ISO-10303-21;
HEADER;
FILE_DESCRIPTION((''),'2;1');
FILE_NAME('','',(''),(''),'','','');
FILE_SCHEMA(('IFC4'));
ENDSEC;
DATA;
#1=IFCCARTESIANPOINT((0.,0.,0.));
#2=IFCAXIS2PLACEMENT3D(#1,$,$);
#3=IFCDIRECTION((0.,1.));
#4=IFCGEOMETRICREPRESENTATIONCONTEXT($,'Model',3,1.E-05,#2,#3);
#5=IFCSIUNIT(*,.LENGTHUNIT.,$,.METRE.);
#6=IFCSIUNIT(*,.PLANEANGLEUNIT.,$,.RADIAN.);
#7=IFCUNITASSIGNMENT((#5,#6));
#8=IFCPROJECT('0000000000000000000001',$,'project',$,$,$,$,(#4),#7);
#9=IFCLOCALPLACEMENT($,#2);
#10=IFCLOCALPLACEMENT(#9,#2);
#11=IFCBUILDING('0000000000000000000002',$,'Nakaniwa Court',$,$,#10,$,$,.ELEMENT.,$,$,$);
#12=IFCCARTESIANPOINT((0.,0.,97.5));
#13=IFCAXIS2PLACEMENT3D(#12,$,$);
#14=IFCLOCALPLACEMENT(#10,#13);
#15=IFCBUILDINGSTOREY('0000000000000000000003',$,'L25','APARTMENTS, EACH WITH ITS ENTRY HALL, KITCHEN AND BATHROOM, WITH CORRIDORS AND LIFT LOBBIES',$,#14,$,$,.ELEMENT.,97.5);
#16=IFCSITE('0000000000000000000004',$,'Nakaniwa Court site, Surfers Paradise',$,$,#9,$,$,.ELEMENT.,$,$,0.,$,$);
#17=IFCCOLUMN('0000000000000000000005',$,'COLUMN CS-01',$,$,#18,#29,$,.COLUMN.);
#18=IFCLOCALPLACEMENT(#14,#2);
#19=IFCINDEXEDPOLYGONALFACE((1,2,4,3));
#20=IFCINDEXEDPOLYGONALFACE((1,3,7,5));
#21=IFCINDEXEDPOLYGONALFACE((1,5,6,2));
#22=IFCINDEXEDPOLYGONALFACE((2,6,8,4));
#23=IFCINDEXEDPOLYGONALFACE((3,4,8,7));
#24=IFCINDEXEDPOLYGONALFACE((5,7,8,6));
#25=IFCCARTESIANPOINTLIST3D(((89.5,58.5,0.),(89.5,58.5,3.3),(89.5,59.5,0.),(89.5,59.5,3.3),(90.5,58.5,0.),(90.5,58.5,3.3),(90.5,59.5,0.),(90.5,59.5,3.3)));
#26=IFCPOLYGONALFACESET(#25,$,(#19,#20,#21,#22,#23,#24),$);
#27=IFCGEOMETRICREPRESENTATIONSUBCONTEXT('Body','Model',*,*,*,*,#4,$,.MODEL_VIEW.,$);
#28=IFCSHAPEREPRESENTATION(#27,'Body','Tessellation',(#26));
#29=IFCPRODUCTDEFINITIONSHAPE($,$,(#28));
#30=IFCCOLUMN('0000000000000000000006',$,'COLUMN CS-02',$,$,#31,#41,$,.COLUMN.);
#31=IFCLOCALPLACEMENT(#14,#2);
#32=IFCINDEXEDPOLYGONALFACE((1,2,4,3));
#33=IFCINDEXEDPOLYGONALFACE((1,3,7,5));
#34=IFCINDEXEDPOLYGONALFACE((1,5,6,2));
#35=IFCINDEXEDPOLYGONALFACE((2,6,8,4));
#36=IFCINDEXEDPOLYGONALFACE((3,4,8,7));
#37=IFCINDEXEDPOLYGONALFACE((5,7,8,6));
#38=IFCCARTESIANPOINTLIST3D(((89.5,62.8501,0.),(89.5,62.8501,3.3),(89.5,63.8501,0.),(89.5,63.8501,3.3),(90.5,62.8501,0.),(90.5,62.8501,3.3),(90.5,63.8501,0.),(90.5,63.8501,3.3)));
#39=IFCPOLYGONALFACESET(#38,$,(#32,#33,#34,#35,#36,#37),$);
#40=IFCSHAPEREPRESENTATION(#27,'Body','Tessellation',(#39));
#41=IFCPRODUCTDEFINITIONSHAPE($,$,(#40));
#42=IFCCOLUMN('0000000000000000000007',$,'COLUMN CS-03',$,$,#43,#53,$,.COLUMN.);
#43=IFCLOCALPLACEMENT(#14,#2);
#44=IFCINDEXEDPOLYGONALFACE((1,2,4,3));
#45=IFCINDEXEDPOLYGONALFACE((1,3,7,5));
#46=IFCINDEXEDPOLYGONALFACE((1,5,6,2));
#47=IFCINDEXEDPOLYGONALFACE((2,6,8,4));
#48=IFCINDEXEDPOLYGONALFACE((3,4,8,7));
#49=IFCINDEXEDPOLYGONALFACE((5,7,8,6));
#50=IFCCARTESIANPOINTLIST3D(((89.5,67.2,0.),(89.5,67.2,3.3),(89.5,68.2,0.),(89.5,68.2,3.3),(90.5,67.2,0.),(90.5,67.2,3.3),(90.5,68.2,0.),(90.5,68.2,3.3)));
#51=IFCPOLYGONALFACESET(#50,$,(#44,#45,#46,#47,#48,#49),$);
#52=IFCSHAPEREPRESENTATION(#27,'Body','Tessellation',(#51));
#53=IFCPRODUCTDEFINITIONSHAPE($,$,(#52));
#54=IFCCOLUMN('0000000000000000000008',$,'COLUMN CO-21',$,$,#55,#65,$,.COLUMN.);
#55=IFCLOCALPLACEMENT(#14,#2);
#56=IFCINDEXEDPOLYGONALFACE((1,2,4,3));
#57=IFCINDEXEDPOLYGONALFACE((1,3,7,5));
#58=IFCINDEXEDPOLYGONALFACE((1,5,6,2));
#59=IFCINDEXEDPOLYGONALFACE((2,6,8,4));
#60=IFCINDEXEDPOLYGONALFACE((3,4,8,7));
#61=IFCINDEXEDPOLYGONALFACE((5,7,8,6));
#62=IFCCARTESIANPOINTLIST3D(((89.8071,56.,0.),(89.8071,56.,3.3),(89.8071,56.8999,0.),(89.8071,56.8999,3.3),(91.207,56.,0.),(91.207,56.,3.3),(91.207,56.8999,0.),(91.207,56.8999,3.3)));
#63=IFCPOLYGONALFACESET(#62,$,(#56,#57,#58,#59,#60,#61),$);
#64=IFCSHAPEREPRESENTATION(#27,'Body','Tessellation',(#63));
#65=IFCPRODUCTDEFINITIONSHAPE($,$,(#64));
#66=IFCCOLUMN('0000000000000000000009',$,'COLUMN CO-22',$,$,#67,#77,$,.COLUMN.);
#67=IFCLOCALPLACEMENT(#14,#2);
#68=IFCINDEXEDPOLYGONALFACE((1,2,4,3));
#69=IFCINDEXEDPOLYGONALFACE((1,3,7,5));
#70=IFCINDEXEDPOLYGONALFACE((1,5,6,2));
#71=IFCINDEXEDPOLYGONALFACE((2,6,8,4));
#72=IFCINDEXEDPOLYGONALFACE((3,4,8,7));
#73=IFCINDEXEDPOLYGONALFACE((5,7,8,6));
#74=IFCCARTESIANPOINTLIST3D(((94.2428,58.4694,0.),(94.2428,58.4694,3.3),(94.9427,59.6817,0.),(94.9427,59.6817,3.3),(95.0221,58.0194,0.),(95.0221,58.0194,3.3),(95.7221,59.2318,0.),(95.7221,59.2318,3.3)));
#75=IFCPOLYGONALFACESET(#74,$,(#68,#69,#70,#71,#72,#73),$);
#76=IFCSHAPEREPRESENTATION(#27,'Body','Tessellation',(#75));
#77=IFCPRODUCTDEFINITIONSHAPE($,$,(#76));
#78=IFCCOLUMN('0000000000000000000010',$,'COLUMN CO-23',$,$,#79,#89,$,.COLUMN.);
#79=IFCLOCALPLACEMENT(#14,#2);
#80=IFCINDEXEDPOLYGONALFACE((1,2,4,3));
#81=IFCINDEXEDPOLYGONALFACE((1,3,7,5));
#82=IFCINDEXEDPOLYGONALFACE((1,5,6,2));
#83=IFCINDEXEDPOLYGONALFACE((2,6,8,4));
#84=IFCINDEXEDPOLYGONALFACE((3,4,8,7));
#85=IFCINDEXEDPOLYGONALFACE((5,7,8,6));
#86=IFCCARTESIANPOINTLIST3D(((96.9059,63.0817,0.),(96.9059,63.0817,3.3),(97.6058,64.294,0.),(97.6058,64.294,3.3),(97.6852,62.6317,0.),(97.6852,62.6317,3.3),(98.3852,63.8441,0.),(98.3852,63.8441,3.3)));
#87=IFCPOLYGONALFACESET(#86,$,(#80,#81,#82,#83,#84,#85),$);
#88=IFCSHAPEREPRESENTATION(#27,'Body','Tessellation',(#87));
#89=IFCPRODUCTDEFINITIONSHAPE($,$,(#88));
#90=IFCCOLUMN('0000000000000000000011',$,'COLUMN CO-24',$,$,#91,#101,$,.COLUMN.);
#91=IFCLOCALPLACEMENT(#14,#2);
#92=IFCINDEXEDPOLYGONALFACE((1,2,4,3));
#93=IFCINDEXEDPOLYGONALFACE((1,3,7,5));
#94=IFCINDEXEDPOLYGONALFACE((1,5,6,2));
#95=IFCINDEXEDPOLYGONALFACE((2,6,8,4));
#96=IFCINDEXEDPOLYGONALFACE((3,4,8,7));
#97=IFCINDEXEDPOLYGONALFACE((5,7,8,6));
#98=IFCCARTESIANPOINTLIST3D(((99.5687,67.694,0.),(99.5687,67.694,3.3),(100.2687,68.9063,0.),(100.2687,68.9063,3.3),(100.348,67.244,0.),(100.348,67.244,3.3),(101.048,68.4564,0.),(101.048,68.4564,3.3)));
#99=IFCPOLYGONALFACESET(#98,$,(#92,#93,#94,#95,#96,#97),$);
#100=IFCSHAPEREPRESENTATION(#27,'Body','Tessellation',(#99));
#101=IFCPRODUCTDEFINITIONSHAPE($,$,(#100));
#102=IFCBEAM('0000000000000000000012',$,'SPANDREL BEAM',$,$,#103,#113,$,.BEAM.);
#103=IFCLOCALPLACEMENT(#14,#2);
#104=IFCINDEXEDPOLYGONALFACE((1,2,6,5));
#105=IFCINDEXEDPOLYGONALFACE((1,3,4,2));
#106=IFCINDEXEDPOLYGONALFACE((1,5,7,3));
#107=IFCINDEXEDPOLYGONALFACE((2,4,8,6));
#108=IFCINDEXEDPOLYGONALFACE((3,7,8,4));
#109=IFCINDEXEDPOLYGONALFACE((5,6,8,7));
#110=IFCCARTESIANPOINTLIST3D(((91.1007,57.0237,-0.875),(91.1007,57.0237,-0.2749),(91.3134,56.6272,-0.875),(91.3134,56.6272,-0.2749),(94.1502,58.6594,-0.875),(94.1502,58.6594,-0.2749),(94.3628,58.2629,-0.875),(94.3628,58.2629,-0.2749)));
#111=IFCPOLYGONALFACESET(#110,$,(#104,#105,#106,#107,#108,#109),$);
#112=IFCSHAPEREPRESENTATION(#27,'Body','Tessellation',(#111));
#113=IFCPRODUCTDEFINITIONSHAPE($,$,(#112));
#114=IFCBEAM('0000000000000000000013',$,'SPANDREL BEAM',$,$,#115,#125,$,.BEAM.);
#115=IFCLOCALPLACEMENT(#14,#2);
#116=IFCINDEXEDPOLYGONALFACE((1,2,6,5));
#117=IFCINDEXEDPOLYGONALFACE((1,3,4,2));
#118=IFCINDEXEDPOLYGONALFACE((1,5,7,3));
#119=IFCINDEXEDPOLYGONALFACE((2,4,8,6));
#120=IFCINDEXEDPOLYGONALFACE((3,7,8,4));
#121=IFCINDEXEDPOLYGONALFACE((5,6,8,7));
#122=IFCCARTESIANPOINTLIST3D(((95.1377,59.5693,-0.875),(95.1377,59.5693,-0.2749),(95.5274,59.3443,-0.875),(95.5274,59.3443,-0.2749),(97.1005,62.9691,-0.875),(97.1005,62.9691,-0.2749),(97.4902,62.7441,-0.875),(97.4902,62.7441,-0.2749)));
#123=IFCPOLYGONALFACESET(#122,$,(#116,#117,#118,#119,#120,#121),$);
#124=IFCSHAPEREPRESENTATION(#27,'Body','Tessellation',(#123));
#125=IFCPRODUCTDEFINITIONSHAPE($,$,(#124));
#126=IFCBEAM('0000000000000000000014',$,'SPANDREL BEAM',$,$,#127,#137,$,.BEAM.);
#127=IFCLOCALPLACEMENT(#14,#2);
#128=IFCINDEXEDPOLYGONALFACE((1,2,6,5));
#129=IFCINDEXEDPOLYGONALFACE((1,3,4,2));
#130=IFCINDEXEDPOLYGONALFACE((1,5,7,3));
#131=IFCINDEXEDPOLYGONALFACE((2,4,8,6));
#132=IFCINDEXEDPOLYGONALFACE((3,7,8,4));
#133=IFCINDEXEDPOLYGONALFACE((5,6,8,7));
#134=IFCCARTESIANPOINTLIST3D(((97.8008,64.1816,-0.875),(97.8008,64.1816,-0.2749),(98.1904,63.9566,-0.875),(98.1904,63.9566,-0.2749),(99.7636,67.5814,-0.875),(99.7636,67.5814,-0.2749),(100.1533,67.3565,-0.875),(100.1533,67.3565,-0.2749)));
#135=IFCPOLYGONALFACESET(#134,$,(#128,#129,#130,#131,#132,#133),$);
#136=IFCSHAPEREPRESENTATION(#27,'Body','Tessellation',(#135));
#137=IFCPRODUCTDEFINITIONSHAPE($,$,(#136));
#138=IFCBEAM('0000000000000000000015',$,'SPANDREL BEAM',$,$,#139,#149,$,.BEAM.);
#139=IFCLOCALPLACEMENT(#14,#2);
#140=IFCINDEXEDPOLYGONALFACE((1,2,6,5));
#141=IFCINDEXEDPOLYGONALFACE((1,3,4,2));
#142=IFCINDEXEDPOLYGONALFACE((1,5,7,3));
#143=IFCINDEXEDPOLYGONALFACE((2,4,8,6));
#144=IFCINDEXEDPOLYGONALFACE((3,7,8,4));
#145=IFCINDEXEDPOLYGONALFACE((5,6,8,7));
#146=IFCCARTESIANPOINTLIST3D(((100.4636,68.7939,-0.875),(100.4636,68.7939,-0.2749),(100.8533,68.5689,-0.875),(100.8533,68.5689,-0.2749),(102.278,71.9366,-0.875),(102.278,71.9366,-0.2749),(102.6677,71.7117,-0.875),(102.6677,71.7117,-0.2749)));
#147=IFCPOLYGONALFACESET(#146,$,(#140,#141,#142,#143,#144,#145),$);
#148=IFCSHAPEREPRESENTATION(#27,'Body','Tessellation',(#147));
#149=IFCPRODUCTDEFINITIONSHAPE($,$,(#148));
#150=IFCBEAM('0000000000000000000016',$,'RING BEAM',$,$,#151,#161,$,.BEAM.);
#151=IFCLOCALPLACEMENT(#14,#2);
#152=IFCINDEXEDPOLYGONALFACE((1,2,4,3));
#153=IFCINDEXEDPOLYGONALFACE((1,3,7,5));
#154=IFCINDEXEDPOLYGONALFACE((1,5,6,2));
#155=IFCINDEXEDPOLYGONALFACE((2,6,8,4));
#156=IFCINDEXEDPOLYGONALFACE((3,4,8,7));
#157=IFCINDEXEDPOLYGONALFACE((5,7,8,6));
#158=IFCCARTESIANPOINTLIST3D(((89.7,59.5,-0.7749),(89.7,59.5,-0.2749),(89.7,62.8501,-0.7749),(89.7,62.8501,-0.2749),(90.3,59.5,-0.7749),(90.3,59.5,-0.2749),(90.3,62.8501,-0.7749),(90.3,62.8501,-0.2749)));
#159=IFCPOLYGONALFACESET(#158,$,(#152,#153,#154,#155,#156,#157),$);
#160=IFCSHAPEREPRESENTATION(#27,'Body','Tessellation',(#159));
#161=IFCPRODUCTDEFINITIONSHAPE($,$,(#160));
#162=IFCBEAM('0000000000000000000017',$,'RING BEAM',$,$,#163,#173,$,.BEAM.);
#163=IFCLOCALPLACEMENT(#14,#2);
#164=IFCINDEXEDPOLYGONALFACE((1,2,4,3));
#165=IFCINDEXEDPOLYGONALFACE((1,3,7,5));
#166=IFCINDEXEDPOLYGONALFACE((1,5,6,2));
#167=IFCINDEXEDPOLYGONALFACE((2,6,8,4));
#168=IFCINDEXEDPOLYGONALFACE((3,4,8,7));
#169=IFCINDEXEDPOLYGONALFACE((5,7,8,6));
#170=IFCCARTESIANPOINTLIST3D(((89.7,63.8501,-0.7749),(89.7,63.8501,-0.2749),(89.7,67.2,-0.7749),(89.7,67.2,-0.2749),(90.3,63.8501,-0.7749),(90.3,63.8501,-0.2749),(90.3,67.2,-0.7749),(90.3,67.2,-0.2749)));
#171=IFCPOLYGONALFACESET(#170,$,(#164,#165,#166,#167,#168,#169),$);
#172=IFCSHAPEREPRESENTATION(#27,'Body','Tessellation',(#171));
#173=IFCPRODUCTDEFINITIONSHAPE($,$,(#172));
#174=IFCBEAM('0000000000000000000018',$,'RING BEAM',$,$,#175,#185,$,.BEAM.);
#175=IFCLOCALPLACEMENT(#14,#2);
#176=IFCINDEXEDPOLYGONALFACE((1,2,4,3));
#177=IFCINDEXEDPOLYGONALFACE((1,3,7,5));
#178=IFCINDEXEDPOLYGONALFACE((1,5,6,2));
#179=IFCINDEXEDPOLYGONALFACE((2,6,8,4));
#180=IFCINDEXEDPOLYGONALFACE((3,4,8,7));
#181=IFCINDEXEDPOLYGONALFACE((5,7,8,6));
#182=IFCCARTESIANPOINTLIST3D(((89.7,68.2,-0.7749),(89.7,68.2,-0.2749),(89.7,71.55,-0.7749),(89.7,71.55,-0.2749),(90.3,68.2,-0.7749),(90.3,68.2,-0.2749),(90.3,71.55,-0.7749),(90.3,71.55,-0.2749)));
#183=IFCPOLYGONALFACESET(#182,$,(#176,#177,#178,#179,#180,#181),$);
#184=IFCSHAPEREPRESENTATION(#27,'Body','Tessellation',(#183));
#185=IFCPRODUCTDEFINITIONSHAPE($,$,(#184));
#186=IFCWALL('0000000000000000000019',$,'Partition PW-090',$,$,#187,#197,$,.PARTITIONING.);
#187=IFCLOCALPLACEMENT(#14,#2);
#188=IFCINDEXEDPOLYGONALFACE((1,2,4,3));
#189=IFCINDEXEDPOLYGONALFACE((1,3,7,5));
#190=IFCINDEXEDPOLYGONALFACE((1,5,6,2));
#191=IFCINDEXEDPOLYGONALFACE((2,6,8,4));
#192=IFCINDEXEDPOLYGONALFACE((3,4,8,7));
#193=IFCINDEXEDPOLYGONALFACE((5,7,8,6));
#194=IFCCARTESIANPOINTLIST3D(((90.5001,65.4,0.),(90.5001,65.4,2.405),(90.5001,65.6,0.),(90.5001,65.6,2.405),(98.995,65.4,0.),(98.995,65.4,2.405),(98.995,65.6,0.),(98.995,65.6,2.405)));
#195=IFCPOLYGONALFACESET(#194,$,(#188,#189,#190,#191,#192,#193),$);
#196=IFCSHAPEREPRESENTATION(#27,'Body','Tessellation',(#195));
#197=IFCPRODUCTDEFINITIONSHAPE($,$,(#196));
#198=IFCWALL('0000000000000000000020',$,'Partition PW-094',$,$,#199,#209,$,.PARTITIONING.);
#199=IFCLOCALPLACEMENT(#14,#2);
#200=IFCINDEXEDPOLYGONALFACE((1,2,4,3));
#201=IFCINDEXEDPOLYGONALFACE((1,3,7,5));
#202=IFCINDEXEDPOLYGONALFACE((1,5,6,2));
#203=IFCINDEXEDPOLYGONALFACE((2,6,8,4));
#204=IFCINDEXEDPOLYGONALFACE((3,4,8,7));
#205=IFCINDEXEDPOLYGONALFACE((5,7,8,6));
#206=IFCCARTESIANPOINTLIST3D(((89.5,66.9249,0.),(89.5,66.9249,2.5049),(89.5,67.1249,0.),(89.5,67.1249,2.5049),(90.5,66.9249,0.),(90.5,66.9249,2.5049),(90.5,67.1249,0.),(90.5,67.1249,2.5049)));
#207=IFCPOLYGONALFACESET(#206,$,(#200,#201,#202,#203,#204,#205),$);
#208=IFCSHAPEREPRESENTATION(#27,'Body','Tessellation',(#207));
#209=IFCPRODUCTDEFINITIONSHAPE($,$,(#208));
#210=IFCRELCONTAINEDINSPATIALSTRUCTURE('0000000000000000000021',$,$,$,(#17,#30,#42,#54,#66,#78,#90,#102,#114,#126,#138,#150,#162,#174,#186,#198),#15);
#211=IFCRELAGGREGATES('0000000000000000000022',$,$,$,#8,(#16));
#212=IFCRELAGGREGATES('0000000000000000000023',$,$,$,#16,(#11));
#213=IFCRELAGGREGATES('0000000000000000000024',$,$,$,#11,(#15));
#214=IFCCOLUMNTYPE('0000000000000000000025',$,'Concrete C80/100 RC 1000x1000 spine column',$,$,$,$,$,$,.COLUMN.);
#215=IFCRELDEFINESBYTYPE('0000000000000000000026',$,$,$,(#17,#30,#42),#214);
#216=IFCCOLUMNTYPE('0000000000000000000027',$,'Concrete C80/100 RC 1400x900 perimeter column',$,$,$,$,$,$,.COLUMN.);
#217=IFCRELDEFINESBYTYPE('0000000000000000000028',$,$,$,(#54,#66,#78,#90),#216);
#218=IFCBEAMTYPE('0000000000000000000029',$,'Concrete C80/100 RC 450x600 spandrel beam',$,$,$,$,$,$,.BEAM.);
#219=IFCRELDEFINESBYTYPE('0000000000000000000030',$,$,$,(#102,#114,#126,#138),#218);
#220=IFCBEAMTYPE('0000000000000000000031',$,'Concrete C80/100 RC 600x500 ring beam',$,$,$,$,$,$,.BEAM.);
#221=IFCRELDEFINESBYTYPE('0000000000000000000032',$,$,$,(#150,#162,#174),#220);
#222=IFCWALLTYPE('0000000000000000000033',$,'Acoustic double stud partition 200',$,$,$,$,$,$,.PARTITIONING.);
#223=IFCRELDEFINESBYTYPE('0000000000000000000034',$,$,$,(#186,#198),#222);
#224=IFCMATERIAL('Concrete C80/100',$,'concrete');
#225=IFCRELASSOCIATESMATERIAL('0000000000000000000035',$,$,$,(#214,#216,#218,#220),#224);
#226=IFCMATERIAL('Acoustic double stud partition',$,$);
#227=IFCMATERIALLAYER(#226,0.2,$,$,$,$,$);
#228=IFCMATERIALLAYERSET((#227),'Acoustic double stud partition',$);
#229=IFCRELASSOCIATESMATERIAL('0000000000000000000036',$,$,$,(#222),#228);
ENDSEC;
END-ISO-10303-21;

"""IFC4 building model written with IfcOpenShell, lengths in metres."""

from ifc_helpers import new_model, si_unit, direction, frame, frame_2d, origin, origin_2d, place, context, subcontext, project, spatial, rectangle, extrude, material, layer, layer_set, material_profile, profile_set, type_object, element, save


model = new_model("IFC4")

# Units and contexts
model_context = context("Model", 3, precision=1e-05, world=origin(), true_north=direction((0.0, 1.0)))
body_context = subcontext(model_context, "Body", "Model", "MODEL_VIEW")
ifc_project = project(units=[si_unit("LENGTHUNIT", "METRE"), si_unit("PLANEANGLEUNIT", "RADIAN")], contexts=[model_context])

# Site, building, storey
site_placement = place(None, origin())
site = spatial("IfcSite", under=ifc_project, at=site_placement, Name="Nakaniwa Court site, Surfers Paradise", CompositionType="ELEMENT", RefElevation=0.0)
building_placement = place(site_placement, origin())
building = spatial("IfcBuilding", under=site, at=building_placement, Name="Nakaniwa Court", CompositionType="ELEMENT")
storey_placement = place(building_placement, frame((0.0, 0.0, 97.5)))
storey = spatial("IfcBuildingStorey", under=building, at=storey_placement, Name="L25", Description="APARTMENTS, EACH WITH ITS ENTRY HALL, KITCHEN AND BATHROOM, WITH CORRIDORS AND LIFT LOBBIES", CompositionType="ELEMENT", Elevation=97.5)

# Columns
ifc_material_1 = material(Name="Concrete C80/100", Category="concrete")
ifc_material_profile_1 = material_profile(ifc_material_1, rectangle(XDim=1.0, YDim=1.0, at=origin_2d()), Name="Concrete C80/100 RC 1000x1000 spine column")
ifc_profile_set_1 = profile_set([ifc_material_profile_1], Name="Concrete C80/100")
column_type_1 = type_object("IfcColumnType", Name="Concrete C80/100 RC 1000x1000 spine column", PredefinedType="COLUMN", material=ifc_profile_set_1)
for number, where, z_axis, x_axis, name in (
    (1, (90.0, 59.0, 0.0), (0.0, 0.0, 1.0), (0.0, 1.0, 0.0), "COLUMN CS-01"),
    (2, (90.0, 63.3501, 0.0), (0.0, 0.0, 1.0), (0.0, 1.0, 0.0), "COLUMN CS-02"),
    (3, (90.0, 67.7, 0.0), (0.0, 0.0, 1.0), (0.0, 1.0, 0.0), "COLUMN CS-03"),
):
    element("IfcColumn", number, at=place(storey_placement, frame(where, z_axis=z_axis, x_axis=x_axis)), inside=storey, type_object=column_type_1, Name=name, PredefinedType="COLUMN", context=body_context, shape_type="SweptSolid", body=[
        extrude(rectangle(XDim=1.0, YDim=1.0, at=origin_2d()), origin(), (0.0, 0.0, 1.0), 3.3),
    ])
ifc_material_profile_2 = material_profile(ifc_material_1, rectangle(XDim=1.3999, YDim=0.8999, at=origin_2d()), Name="Concrete C80/100 RC 1400x900 perimeter column")
ifc_profile_set_2 = profile_set([ifc_material_profile_2], Name="Concrete C80/100")
column_type_2 = type_object("IfcColumnType", Name="Concrete C80/100 RC 1400x900 perimeter column", PredefinedType="COLUMN", material=ifc_profile_set_2)
for number, where, z_axis, x_axis, name in (
    (4, (90.5071, 56.45, 0.0), (0.0, 0.0, 1.0), (1.0, 0.0, 0.0), "COLUMN CO-21"),
    (5, (94.9824, 58.8506, 0.0), (0.0, 0.0, 1.0), (0.5, 0.866025, 0.0), "COLUMN CO-22"),
    (6, (97.6455, 63.4629, 0.0), (0.0, 0.0, 1.0), (0.5, 0.866025, 0.0), "COLUMN CO-23"),
    (7, (100.3083, 68.0752, 0.0), (0.0, 0.0, 1.0), (0.5, 0.866025, 0.0), "COLUMN CO-24"),
):
    element("IfcColumn", number, at=place(storey_placement, frame(where, z_axis=z_axis, x_axis=x_axis)), inside=storey, type_object=column_type_2, Name=name, PredefinedType="COLUMN", context=body_context, shape_type="SweptSolid", body=[
        extrude(rectangle(XDim=1.3999, YDim=0.8999, at=origin_2d()), origin(), (0.0, 0.0, 1.0), 3.3),
    ])

# Beams
ifc_material_profile_3 = material_profile(ifc_material_1, rectangle(XDim=0.45, YDim=0.6001, at=origin_2d()), Name="Concrete C80/100 RC 450x600 spandrel beam")
ifc_profile_set_3 = profile_set([ifc_material_profile_3], Name="Concrete C80/100")
beam_type_1 = type_object("IfcBeamType", Name="Concrete C80/100 RC 450x600 spandrel beam", PredefinedType="BEAM", material=ifc_profile_set_3)
beam_1_placement = place(storey_placement, frame((91.207, 56.8254, -0.575), z_axis=(0.881233, 0.472681, 0.0), x_axis=(-0.472681, 0.881233, 0.0)))
element("IfcBeam", 8, at=beam_1_placement, inside=storey, type_object=beam_type_1, Name="SPANDREL BEAM", PredefinedType="BEAM", context=body_context, shape_type="SweptSolid", body=[
    extrude(rectangle(XDim=0.45, YDim=0.6001, at=origin_2d()), origin(), (0.0, 0.0, 1.0), 3.4604),
])
for number, where, z_axis, x_axis, name in (
    (9, (95.3325, 59.4568, -0.575), (0.499992, 0.86603, 0.0), (-0.86603, 0.499992, 0.0), "SPANDREL BEAM"),
    (10, (97.9956, 64.0691, -0.575), (0.499992, 0.86603, 0.0), (-0.86603, 0.499992, 0.0), "SPANDREL BEAM"),
):
    element("IfcBeam", number, at=place(storey_placement, frame(where, z_axis=z_axis, x_axis=x_axis)), inside=storey, type_object=beam_type_1, Name=name, PredefinedType="BEAM", context=body_context, shape_type="SweptSolid", body=[
        extrude(rectangle(XDim=0.45, YDim=0.6001, at=origin_2d()), origin(), (0.0, 0.0, 1.0), 3.9258),
    ])
beam_2_placement = place(storey_placement, frame((100.6584, 68.6814, -0.575), z_axis=(0.499988, 0.866032, 0.0), x_axis=(-0.866032, 0.499988, 0.0)))
element("IfcBeam", 11, at=beam_2_placement, inside=storey, type_object=beam_type_1, Name="SPANDREL BEAM", PredefinedType="BEAM", context=body_context, shape_type="SweptSolid", body=[
    extrude(rectangle(XDim=0.45, YDim=0.6001, at=origin_2d()), origin(), (0.0, 0.0, 1.0), 3.6289),
])
ifc_material_profile_4 = material_profile(ifc_material_1, rectangle(XDim=0.6001, YDim=0.5, at=origin_2d()), Name="Concrete C80/100 RC 600x500 ring beam")
ifc_profile_set_4 = profile_set([ifc_material_profile_4], Name="Concrete C80/100")
beam_type_2 = type_object("IfcBeamType", Name="Concrete C80/100 RC 600x500 ring beam", PredefinedType="BEAM", material=ifc_profile_set_4)
beam_3_placement = place(storey_placement, frame((90.0, 59.5, -0.5249), z_axis=(0.0, 1.0, 0.0), x_axis=(-1.0, 0.0, 0.0)))
element("IfcBeam", 12, at=beam_3_placement, inside=storey, type_object=beam_type_2, Name="RING BEAM", PredefinedType="BEAM", context=body_context, shape_type="SweptSolid", body=[
    extrude(rectangle(XDim=0.6001, YDim=0.5, at=origin_2d()), origin(), (0.0, 0.0, 1.0), 3.3501),
])
beam_4_placement = place(storey_placement, frame((90.0, 63.8501, -0.5249), z_axis=(0.0, 1.0, 0.0), x_axis=(-1.0, 0.0, 0.0)))
element("IfcBeam", 13, at=beam_4_placement, inside=storey, type_object=beam_type_2, Name="RING BEAM", PredefinedType="BEAM", context=body_context, shape_type="SweptSolid", body=[
    extrude(rectangle(XDim=0.6001, YDim=0.5, at=origin_2d()), origin(), (0.0, 0.0, 1.0), 3.3499),
])
beam_5_placement = place(storey_placement, frame((90.0, 68.2, -0.5249), z_axis=(0.0, 1.0, 0.0), x_axis=(-1.0, 0.0, 0.0)))
element("IfcBeam", 14, at=beam_5_placement, inside=storey, type_object=beam_type_2, Name="RING BEAM", PredefinedType="BEAM", context=body_context, shape_type="SweptSolid", body=[
    extrude(rectangle(XDim=0.6001, YDim=0.5, at=origin_2d()), origin(), (0.0, 0.0, 1.0), 3.3501),
])

# Walls
ifc_material_2 = material(Name="Acoustic double stud partition")
ifc_layer_1 = layer(ifc_material_2, 0.2)
ifc_layer_set_1 = layer_set([ifc_layer_1], Name="Acoustic double stud partition")
wall_type_1 = type_object("IfcWallType", Name="Acoustic double stud partition 200", PredefinedType="PARTITIONING", material=ifc_layer_set_1)
wall_1_placement = place(storey_placement, frame((90.5, 65.5, 0.0), z_axis=(0.0, 0.0, 1.0), x_axis=(1.0, 0.0, 0.0)))
element("IfcWall", 15, at=wall_1_placement, inside=storey, type_object=wall_type_1, Name="Partition PW-090", PredefinedType="PARTITIONING", context=body_context, shape_type="SweptSolid", body=[
    extrude(rectangle(XDim=8.4949, YDim=0.2, at=frame_2d((4.2476, 0.0))), origin(), (0.0, 0.0, 1.0), 2.405),
])
wall_2_placement = place(storey_placement, frame((89.5, 67.0249, 0.0), z_axis=(0.0, 0.0, 1.0), x_axis=(1.0, 0.0, 0.0)))
element("IfcWall", 16, at=wall_2_placement, inside=storey, type_object=wall_type_1, Name="Partition PW-094", PredefinedType="PARTITIONING", context=body_context, shape_type="SweptSolid", body=[
    extrude(rectangle(XDim=1.0, YDim=0.2, at=frame_2d((0.5, 0.0))), origin(), (0.0, 0.0, 1.0), 2.5049),
])

save(model, "model.ifc")
